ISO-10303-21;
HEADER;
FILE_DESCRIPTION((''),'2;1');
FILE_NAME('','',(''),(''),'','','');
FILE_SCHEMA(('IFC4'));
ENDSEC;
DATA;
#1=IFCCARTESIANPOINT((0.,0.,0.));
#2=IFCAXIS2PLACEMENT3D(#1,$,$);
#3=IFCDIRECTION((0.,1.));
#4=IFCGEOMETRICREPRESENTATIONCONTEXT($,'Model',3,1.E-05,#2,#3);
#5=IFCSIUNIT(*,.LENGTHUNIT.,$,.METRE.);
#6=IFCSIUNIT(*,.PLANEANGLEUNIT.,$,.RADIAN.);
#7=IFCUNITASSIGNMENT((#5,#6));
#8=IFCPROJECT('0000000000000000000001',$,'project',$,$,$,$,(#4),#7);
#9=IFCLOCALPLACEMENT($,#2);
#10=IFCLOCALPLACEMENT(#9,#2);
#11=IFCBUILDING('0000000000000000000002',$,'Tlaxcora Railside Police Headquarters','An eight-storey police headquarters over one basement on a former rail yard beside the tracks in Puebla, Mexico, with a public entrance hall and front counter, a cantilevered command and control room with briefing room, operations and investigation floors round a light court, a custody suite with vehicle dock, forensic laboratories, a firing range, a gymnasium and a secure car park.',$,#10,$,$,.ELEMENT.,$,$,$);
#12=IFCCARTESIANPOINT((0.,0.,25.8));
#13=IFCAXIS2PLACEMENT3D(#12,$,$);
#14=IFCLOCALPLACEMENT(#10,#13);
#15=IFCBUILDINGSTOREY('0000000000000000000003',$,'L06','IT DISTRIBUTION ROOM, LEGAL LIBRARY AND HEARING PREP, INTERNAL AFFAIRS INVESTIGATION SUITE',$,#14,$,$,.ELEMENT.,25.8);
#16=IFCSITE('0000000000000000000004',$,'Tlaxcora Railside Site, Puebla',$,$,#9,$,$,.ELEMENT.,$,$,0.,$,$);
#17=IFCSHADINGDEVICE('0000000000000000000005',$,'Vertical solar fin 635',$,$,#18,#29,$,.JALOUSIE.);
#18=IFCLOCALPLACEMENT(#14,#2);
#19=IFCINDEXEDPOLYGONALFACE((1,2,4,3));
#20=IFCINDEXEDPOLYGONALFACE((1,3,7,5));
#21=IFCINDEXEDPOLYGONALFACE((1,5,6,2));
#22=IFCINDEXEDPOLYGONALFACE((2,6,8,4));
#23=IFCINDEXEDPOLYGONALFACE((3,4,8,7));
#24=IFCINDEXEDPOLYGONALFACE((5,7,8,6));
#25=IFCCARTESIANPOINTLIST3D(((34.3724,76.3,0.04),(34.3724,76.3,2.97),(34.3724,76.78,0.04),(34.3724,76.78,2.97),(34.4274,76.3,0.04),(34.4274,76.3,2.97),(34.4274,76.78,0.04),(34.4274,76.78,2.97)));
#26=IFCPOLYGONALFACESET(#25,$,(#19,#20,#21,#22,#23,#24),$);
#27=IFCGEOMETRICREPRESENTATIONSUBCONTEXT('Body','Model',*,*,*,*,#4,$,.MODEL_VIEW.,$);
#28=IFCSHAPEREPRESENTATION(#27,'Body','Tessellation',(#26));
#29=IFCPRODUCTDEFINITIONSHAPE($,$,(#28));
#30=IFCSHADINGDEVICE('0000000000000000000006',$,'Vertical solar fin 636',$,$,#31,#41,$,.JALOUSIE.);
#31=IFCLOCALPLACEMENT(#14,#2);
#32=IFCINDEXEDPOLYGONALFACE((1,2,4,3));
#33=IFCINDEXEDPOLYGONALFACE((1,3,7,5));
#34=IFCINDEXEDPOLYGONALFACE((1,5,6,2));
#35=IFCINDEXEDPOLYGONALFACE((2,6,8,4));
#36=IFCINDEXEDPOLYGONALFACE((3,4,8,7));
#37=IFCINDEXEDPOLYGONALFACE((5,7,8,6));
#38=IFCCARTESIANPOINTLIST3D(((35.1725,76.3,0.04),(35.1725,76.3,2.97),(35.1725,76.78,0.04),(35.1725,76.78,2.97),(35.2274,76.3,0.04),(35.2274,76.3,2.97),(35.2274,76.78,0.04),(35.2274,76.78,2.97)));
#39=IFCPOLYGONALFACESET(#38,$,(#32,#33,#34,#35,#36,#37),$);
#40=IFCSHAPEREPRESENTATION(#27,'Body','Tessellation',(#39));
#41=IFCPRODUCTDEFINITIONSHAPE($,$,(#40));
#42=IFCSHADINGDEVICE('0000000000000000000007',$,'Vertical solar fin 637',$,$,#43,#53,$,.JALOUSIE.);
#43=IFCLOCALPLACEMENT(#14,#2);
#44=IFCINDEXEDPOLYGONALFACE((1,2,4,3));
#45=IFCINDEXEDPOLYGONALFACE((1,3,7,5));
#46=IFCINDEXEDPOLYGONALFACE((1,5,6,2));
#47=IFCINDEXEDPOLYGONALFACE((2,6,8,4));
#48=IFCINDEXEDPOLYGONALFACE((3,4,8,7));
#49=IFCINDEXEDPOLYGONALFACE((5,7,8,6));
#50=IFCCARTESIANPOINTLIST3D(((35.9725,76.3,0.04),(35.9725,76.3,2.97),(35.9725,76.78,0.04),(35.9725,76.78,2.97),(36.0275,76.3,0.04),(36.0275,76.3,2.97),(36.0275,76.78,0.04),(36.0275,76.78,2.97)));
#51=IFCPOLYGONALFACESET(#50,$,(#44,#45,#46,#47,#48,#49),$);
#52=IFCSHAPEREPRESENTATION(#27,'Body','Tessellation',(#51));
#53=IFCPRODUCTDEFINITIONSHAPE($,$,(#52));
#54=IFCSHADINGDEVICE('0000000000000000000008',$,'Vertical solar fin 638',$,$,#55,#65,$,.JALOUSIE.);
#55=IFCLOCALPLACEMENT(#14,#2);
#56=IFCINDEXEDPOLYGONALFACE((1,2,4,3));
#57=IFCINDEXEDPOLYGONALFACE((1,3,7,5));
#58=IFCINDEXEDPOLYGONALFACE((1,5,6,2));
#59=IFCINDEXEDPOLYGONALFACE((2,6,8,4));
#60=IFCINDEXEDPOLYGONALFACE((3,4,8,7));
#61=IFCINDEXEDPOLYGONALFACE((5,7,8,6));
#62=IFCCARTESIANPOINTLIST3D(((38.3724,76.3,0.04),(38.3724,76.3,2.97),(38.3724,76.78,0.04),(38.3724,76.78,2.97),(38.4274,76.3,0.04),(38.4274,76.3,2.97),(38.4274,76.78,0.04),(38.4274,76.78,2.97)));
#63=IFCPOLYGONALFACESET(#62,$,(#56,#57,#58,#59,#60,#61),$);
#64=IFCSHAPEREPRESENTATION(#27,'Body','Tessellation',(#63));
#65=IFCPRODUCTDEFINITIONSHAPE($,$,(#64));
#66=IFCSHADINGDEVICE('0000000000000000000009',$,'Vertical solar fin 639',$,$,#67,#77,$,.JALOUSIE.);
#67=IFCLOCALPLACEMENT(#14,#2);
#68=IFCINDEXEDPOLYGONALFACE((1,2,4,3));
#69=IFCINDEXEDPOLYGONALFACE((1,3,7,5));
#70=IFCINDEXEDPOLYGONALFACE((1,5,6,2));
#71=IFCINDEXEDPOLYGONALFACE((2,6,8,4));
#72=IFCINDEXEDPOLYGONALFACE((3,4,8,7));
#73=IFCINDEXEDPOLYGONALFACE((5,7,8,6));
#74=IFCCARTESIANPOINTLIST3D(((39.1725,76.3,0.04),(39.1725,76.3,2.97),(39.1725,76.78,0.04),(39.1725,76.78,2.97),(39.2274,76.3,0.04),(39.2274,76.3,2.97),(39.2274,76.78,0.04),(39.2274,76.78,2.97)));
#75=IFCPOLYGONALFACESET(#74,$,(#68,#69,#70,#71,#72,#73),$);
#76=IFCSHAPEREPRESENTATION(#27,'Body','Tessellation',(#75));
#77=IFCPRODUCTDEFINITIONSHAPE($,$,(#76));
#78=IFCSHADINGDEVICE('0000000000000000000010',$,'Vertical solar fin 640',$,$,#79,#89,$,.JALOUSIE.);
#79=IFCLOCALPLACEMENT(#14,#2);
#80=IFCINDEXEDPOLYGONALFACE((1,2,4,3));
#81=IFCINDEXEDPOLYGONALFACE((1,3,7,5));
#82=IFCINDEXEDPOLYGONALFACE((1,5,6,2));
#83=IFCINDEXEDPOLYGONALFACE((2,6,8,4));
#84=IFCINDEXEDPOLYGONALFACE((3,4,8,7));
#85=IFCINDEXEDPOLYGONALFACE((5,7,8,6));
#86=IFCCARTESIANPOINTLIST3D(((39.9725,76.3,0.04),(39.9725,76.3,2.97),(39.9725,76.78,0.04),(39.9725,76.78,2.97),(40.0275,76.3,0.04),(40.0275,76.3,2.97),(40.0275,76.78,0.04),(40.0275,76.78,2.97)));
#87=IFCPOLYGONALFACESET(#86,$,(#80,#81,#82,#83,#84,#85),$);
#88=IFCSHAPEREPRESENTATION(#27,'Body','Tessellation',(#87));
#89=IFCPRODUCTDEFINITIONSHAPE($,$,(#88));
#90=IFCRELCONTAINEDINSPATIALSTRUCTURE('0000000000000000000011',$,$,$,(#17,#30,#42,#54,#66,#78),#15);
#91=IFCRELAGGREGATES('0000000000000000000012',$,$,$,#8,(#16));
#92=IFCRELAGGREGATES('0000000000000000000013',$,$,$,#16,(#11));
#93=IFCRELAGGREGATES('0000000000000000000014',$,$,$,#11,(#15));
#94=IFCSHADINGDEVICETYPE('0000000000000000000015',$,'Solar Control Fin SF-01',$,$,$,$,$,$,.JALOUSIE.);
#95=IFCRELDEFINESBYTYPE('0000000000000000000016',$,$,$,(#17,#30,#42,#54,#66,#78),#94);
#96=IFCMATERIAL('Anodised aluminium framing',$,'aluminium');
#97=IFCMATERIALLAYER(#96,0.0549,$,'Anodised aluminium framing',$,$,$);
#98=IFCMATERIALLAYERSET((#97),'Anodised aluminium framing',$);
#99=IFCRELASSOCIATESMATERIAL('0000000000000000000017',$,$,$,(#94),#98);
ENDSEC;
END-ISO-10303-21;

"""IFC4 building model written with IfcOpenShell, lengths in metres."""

from ifc_helpers import new_model, si_unit, direction, frame, origin, origin_2d, place, context, subcontext, project, spatial, rectangle, extrude, material, layer, layer_set, type_object, element, save


model = new_model("IFC4")

# Units and contexts
model_context = context("Model", 3, precision=1e-05, world=origin(), true_north=direction((0.0, 1.0)))
body_context = subcontext(model_context, "Body", "Model", "MODEL_VIEW")
ifc_project = project(units=[si_unit("LENGTHUNIT", "METRE"), si_unit("PLANEANGLEUNIT", "RADIAN")], contexts=[model_context])

# Site, building, storey
site_placement = place(None, origin())
site = spatial("IfcSite", under=ifc_project, at=site_placement, Name="Tlaxcora Railside Site, Puebla", CompositionType="ELEMENT", RefElevation=0.0)
building_placement = place(site_placement, origin())
building = spatial("IfcBuilding", under=site, at=building_placement, Name="Tlaxcora Railside Police Headquarters", Description="An eight-storey police headquarters over one basement on a former rail yard beside the tracks in Puebla, Mexico, with a public entrance hall and front counter, a cantilevered command and control room with briefing room, operations and investigation floors round a light court, a custody suite with vehicle dock, forensic laboratories, a firing range, a gymnasium and a secure car park.", CompositionType="ELEMENT")
storey_placement = place(building_placement, frame((0.0, 0.0, 25.8)))
storey = spatial("IfcBuildingStorey", under=building, at=storey_placement, Name="L06", Description="IT DISTRIBUTION ROOM, LEGAL LIBRARY AND HEARING PREP, INTERNAL AFFAIRS INVESTIGATION SUITE", CompositionType="ELEMENT", Elevation=25.8)

# Shared definitions
ifc_material_1 = material(Name="Anodised aluminium framing", Category="aluminium")

# Shading devices
ifc_layer = layer(ifc_material_1, 0.0549, Name="Anodised aluminium framing")
ifc_layer_set = layer_set([ifc_layer], Name="Anodised aluminium framing")
shading_device_type = type_object("IfcShadingDeviceType", Name="Solar Control Fin SF-01", PredefinedType="JALOUSIE", material=ifc_layer_set)
for number, where, z_axis, x_axis, name in (
    (1, (34.3999, 76.54, 0.04), (0.0, 0.0, 1.0), (0.0, -1.0, 0.0), "Vertical solar fin 635"),
    (2, (35.2, 76.54, 0.04), (0.0, 0.0, 1.0), (0.0, -1.0, 0.0), "Vertical solar fin 636"),
    (3, (36.0, 76.54, 0.04), (0.0, 0.0, 1.0), (0.0, -1.0, 0.0), "Vertical solar fin 637"),
    (4, (38.3999, 76.54, 0.04), (0.0, 0.0, 1.0), (0.0, -1.0, 0.0), "Vertical solar fin 638"),
    (5, (39.2, 76.54, 0.04), (0.0, 0.0, 1.0), (0.0, -1.0, 0.0), "Vertical solar fin 639"),
    (6, (40.0, 76.54, 0.04), (0.0, 0.0, 1.0), (0.0, -1.0, 0.0), "Vertical solar fin 640"),
):
    element("IfcShadingDevice", number, at=place(storey_placement, frame(where, z_axis=z_axis, x_axis=x_axis)), inside=storey, type_object=shading_device_type, Name=name, PredefinedType="JALOUSIE", context=body_context, shape_type="SweptSolid", body=[
        extrude(rectangle(XDim=0.48, YDim=0.0549, at=origin_2d()), origin(), (0.0, 0.0, 1.0), 2.9299),
    ])

save(model, "model.ifc")
